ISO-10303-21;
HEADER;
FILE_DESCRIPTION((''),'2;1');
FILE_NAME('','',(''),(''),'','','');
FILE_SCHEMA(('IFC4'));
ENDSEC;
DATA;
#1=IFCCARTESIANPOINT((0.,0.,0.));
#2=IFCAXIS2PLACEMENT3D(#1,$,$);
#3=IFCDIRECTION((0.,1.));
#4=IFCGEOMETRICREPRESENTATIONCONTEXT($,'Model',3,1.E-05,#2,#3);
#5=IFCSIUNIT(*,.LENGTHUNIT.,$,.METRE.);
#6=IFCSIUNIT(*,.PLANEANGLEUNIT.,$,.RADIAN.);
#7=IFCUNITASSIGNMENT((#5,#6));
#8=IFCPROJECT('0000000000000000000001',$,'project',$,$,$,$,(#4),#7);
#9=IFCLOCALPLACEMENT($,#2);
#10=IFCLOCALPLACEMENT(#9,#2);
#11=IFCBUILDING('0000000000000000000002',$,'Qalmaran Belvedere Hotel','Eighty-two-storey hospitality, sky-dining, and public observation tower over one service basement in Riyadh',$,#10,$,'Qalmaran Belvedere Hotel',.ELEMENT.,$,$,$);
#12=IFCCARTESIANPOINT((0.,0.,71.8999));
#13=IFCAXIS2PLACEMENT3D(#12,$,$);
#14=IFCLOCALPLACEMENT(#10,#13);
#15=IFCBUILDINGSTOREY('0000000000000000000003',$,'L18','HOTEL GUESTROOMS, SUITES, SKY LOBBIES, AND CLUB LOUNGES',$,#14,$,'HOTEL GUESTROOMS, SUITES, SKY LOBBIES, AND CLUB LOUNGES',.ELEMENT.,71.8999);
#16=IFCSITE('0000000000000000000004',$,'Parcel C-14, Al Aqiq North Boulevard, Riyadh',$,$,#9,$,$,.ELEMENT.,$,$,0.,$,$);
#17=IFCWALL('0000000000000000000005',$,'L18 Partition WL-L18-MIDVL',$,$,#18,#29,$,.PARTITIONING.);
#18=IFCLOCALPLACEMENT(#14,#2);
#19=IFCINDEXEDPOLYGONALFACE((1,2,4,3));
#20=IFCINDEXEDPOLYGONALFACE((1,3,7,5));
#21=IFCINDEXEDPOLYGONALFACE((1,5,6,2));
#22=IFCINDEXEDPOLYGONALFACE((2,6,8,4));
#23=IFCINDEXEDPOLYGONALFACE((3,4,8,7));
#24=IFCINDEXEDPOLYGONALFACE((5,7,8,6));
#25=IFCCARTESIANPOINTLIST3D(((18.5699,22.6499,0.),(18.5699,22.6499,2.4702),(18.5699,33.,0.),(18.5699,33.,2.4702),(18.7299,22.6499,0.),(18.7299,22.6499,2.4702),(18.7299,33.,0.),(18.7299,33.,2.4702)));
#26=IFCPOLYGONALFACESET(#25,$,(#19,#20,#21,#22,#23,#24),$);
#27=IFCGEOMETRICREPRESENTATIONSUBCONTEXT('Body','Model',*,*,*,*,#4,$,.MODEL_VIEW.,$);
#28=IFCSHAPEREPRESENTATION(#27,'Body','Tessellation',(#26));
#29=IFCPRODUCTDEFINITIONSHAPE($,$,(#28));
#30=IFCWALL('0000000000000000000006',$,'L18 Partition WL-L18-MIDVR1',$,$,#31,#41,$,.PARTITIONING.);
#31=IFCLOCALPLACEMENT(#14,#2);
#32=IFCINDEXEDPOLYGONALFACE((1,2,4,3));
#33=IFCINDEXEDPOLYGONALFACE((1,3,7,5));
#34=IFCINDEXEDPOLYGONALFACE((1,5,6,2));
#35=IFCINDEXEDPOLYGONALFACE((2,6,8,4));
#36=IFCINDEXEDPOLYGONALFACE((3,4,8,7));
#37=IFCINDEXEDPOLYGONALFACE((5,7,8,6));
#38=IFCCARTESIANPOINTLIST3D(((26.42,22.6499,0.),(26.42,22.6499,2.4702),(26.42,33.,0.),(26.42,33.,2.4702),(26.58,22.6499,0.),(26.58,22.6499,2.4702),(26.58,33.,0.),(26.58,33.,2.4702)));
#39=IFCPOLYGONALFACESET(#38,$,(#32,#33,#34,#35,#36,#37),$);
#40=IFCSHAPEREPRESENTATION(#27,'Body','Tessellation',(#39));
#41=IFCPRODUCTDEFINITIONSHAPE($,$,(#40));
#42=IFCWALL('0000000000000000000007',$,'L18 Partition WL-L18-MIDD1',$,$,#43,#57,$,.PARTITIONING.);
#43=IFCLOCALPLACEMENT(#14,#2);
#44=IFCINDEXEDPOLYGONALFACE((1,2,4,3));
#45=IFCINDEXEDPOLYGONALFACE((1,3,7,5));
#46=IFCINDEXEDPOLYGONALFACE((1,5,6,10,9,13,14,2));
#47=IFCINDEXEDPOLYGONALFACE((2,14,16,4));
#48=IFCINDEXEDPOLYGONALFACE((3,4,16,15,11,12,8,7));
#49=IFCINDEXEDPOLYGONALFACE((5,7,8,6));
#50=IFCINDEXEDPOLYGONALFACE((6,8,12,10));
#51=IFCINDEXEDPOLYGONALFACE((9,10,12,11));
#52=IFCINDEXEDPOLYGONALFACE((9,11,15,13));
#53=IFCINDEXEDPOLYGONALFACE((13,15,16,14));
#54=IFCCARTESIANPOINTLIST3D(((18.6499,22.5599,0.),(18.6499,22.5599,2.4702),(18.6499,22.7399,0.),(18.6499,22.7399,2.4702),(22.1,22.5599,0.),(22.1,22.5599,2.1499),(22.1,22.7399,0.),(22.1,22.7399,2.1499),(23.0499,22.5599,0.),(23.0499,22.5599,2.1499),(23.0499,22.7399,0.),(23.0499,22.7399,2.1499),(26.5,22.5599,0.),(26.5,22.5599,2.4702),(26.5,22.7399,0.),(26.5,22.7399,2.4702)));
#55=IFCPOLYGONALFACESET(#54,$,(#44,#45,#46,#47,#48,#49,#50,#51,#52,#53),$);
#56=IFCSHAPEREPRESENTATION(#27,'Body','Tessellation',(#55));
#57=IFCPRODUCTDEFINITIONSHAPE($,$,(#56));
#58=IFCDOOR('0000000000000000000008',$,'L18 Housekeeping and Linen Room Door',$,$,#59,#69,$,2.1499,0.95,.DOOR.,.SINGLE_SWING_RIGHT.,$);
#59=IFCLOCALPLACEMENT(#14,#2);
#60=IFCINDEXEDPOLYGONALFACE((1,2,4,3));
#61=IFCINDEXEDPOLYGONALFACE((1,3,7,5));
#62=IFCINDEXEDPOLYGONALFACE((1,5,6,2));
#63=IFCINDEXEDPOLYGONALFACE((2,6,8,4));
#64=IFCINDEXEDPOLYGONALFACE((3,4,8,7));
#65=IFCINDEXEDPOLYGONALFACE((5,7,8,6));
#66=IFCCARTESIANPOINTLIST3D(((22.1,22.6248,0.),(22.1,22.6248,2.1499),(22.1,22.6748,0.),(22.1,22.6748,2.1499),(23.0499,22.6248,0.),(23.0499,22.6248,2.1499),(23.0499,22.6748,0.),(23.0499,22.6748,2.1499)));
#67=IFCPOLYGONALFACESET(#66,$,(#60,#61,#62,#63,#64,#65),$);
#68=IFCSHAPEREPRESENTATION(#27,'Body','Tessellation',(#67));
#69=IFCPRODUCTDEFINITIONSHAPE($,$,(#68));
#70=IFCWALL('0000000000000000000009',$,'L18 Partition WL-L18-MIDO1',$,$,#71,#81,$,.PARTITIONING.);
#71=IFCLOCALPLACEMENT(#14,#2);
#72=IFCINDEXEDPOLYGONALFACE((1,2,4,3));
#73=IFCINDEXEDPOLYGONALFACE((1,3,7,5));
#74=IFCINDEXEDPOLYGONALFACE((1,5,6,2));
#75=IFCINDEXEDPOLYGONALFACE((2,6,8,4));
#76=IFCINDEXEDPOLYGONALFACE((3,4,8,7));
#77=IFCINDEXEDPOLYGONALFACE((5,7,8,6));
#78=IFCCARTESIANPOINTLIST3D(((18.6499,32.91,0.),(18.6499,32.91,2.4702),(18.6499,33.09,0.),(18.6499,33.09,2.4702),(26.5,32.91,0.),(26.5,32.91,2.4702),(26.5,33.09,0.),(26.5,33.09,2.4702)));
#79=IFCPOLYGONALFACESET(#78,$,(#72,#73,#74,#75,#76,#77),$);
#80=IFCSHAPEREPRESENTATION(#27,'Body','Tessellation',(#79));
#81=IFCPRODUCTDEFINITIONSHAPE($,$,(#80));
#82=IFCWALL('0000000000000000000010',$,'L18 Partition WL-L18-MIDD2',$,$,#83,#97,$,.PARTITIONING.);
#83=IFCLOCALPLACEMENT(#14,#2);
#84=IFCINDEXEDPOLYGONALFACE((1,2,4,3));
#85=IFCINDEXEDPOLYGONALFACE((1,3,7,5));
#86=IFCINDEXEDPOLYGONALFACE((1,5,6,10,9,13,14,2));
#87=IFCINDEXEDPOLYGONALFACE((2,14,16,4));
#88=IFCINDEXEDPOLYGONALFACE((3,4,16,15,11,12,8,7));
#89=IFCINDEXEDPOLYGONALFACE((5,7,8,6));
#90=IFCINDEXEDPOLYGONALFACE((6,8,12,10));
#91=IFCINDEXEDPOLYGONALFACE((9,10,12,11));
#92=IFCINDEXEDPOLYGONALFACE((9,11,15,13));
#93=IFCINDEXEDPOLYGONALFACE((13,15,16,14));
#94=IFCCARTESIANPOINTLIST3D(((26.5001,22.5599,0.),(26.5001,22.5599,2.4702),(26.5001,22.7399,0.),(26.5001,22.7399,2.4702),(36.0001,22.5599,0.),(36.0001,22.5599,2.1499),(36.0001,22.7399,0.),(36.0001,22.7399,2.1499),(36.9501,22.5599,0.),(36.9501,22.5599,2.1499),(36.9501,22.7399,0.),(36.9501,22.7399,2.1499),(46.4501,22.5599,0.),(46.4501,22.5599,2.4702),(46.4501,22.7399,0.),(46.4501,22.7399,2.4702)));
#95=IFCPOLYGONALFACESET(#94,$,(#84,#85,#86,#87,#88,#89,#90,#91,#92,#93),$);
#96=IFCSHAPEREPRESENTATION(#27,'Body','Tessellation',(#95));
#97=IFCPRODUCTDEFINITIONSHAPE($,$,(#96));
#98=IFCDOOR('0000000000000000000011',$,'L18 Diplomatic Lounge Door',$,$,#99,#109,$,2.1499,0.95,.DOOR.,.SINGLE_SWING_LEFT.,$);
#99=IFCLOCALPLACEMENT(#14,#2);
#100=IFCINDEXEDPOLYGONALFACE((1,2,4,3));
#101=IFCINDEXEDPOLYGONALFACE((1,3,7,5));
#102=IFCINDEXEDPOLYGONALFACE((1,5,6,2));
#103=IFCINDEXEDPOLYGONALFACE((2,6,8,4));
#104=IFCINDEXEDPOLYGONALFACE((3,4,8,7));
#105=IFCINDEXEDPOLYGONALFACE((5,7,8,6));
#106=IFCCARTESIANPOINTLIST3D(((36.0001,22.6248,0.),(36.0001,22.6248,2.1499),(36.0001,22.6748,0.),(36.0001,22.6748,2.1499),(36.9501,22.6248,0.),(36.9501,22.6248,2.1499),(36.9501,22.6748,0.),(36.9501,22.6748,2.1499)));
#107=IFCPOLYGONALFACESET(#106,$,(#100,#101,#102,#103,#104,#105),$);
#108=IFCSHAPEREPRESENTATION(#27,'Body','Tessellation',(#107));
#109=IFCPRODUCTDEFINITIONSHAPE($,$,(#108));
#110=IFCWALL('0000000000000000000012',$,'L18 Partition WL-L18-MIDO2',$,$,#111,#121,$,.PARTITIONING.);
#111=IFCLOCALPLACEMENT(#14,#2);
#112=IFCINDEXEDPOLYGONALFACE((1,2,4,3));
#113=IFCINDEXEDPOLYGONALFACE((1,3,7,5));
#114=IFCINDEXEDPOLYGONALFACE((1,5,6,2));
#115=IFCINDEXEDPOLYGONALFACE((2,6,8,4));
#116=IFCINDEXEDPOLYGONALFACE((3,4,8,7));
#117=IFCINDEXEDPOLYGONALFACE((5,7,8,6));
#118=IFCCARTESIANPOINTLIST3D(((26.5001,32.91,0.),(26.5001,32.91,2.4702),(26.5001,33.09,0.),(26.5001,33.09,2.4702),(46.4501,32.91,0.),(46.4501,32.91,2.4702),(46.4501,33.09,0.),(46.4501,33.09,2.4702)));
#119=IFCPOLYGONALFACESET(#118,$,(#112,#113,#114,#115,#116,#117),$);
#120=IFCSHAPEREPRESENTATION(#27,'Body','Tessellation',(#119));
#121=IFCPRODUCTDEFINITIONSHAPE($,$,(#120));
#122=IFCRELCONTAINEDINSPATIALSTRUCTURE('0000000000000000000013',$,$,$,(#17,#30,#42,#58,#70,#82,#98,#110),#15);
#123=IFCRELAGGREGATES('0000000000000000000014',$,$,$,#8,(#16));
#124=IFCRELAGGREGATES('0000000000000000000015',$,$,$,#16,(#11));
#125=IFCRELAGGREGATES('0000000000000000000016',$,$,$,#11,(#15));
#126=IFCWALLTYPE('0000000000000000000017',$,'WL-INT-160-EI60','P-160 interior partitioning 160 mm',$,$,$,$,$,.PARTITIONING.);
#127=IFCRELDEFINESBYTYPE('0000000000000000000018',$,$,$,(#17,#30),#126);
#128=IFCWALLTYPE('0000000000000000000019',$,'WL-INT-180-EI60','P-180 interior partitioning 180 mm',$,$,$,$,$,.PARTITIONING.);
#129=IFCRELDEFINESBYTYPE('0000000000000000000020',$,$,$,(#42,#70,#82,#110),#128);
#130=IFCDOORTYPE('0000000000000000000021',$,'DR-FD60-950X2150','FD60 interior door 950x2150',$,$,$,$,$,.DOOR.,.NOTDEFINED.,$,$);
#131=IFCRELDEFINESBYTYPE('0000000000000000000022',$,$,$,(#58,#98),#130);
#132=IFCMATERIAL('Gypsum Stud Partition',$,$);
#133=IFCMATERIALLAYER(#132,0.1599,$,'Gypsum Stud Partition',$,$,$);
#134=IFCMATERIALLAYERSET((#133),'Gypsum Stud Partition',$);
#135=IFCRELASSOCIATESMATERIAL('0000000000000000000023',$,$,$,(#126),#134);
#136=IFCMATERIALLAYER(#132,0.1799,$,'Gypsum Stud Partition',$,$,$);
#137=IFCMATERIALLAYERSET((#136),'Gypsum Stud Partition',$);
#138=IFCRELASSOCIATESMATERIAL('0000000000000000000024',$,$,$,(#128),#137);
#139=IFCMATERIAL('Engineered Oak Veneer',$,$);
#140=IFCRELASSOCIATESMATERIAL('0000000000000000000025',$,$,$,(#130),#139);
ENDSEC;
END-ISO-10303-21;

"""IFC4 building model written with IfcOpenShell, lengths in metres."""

from ifc_helpers import new_model, si_unit, direction, frame, frame_2d, origin, place, context, subcontext, project, spatial, rectangle, extrude, material, layer, layer_set, type_object, element, fill, save


model = new_model("IFC4")

# Units and contexts
model_context = context("Model", 3, precision=1e-05, world=origin(), true_north=direction((0.0, 1.0)))
body_context = subcontext(model_context, "Body", "Model", "MODEL_VIEW")
ifc_project = project(units=[si_unit("LENGTHUNIT", "METRE"), si_unit("PLANEANGLEUNIT", "RADIAN")], contexts=[model_context])

# Site, building, storey
site_placement = place(None, origin())
site = spatial("IfcSite", under=ifc_project, at=site_placement, Name="Parcel C-14, Al Aqiq North Boulevard, Riyadh", CompositionType="ELEMENT", RefElevation=0.0)
building_placement = place(site_placement, origin())
building = spatial("IfcBuilding", under=site, at=building_placement, Name="Qalmaran Belvedere Hotel", Description="Eighty-two-storey hospitality, sky-dining, and public observation tower over one service basement in Riyadh", LongName="Qalmaran Belvedere Hotel", CompositionType="ELEMENT")
storey_placement = place(building_placement, frame((0.0, 0.0, 71.8999)))
storey = spatial("IfcBuildingStorey", under=building, at=storey_placement, Name="L18", Description="HOTEL GUESTROOMS, SUITES, SKY LOBBIES, AND CLUB LOUNGES", LongName="HOTEL GUESTROOMS, SUITES, SKY LOBBIES, AND CLUB LOUNGES", CompositionType="ELEMENT", Elevation=71.8999)

# Shared definitions
ifc_material_1 = material(Name="Gypsum Stud Partition")

# Walls
ifc_layer_1 = layer(ifc_material_1, 0.1599, Name="Gypsum Stud Partition")
ifc_layer_set_1 = layer_set([ifc_layer_1], Name="Gypsum Stud Partition")
wall_type_1 = type_object("IfcWallType", Name="WL-INT-160-EI60", Description="P-160 interior partitioning 160 mm", PredefinedType="PARTITIONING", material=ifc_layer_set_1)
for number, where, z_axis, x_axis, name in (
    (1, (18.6499, 22.6499, 0.0), (0.0, 0.0, 1.0), (0.0, 1.0, 0.0), "L18 Partition WL-L18-MIDVL"),
    (2, (26.5, 22.6499, 0.0), (0.0, 0.0, 1.0), (0.0, 1.0, 0.0), "L18 Partition WL-L18-MIDVR1"),
):
    element("IfcWall", number, at=place(storey_placement, frame(where, z_axis=z_axis, x_axis=x_axis)), inside=storey, type_object=wall_type_1, Name=name, PredefinedType="PARTITIONING", context=body_context, shape_type="SweptSolid", body=[
        extrude(rectangle(XDim=10.3501, YDim=0.1599, at=frame_2d((5.175, 0.0))), origin(), (0.0, 0.0, 1.0), 2.4702),
    ])

# Wall, opening, door
ifc_layer_2 = layer(ifc_material_1, 0.1799, Name="Gypsum Stud Partition")
ifc_layer_set_2 = layer_set([ifc_layer_2], Name="Gypsum Stud Partition")
wall_type_2 = type_object("IfcWallType", Name="WL-INT-180-EI60", Description="P-180 interior partitioning 180 mm", PredefinedType="PARTITIONING", material=ifc_layer_set_2)
wall_1_placement = place(storey_placement, frame((18.6499, 22.6499, 0.0), z_axis=(0.0, 0.0, 1.0), x_axis=(1.0, 0.0, 0.0)))
wall_1 = element("IfcWall", 3, at=wall_1_placement, inside=storey, type_object=wall_type_2, Name="L18 Partition WL-L18-MIDD1", PredefinedType="PARTITIONING", context=body_context, shape_type="SweptSolid", body=[
    extrude(rectangle(XDim=7.8501, YDim=0.1799, at=frame_2d((3.925, 0.0))), origin(), (0.0, 0.0, 1.0), 2.4702),
])
opening_1_placement = place(wall_1_placement, frame((3.45, 0.0, 0.0)))
opening_1 = element("IfcOpeningElement", 4, at=opening_1_placement, cuts=wall_1, PredefinedType="OPENING", context=body_context, shape_type="SweptSolid", body=[
    extrude(rectangle(XDim=0.95, YDim=2.1499, at=frame_2d((0.4751, 1.075))), frame((0.0, 0.1001, 0.0), z_axis=(0.0, -1.0, 0.0), x_axis=(1.0, 0.0, 0.0)), (0.0, 0.0, 1.0), 0.2),
])
ifc_material_2 = material(Name="Engineered Oak Veneer")
door_type_1 = type_object("IfcDoorType", Name="DR-FD60-950X2150", Description="FD60 interior door 950x2150", OperationType="NOTDEFINED", PredefinedType="DOOR", material=ifc_material_2)
door_1_placement = place(opening_1_placement, origin())
door_1 = element("IfcDoor", 5, at=door_1_placement, inside=storey, type_object=door_type_1, Name="L18 Housekeeping and Linen Room Door", OperationType="SINGLE_SWING_RIGHT", OverallHeight=2.1499, OverallWidth=0.95, PredefinedType="DOOR", context=body_context, shape_type="SweptSolid", body=[
    extrude(rectangle(XDim=0.95, YDim=2.1499, at=frame_2d((0.4751, 1.075))), frame((0.0, 0.0249, 0.0), z_axis=(0.0, -1.0, 0.0), x_axis=(1.0, 0.0, 0.0)), (0.0, 0.0, 1.0), 0.05),
])
fill(opening_1, door_1)

# Wall
wall_2_placement = place(storey_placement, frame((18.6499, 33.0, 0.0), z_axis=(0.0, 0.0, 1.0), x_axis=(1.0, 0.0, 0.0)))
element("IfcWall", 6, at=wall_2_placement, inside=storey, type_object=wall_type_2, Name="L18 Partition WL-L18-MIDO1", PredefinedType="PARTITIONING", context=body_context, shape_type="SweptSolid", body=[
    extrude(rectangle(XDim=7.8501, YDim=0.1799, at=frame_2d((3.925, 0.0))), origin(), (0.0, 0.0, 1.0), 2.4702),
])

# Wall, opening, door
wall_3_placement = place(storey_placement, frame((26.5, 22.6499, 0.0), z_axis=(0.0, 0.0, 1.0), x_axis=(1.0, 0.0, 0.0)))
wall_3 = element("IfcWall", 7, at=wall_3_placement, inside=storey, type_object=wall_type_2, Name="L18 Partition WL-L18-MIDD2", PredefinedType="PARTITIONING", context=body_context, shape_type="SweptSolid", body=[
    extrude(rectangle(XDim=19.95, YDim=0.1799, at=frame_2d((9.9751, 0.0))), origin(), (0.0, 0.0, 1.0), 2.4702),
])
opening_2_placement = place(wall_3_placement, frame((9.5, 0.0, 0.0)))
opening_2 = element("IfcOpeningElement", 8, at=opening_2_placement, cuts=wall_3, PredefinedType="OPENING", context=body_context, shape_type="SweptSolid", body=[
    extrude(rectangle(XDim=0.95, YDim=2.1499, at=frame_2d((0.4751, 1.075))), frame((0.0, 0.1001, 0.0), z_axis=(0.0, -1.0, 0.0), x_axis=(1.0, 0.0, 0.0)), (0.0, 0.0, 1.0), 0.2),
])
door_2_placement = place(opening_2_placement, origin())
door_2 = element("IfcDoor", 9, at=door_2_placement, inside=storey, type_object=door_type_1, Name="L18 Diplomatic Lounge Door", OperationType="SINGLE_SWING_LEFT", OverallHeight=2.1499, OverallWidth=0.95, PredefinedType="DOOR", context=body_context, shape_type="SweptSolid", body=[
    extrude(rectangle(XDim=0.95, YDim=2.1499, at=frame_2d((0.4751, 1.075))), frame((0.0, 0.0249, 0.0), z_axis=(0.0, -1.0, 0.0), x_axis=(1.0, 0.0, 0.0)), (0.0, 0.0, 1.0), 0.05),
])
fill(opening_2, door_2)

# Wall
wall_4_placement = place(storey_placement, frame((26.5, 33.0, 0.0), z_axis=(0.0, 0.0, 1.0), x_axis=(1.0, 0.0, 0.0)))
element("IfcWall", 10, at=wall_4_placement, inside=storey, type_object=wall_type_2, Name="L18 Partition WL-L18-MIDO2", PredefinedType="PARTITIONING", context=body_context, shape_type="SweptSolid", body=[
    extrude(rectangle(XDim=19.95, YDim=0.1799, at=frame_2d((9.9751, 0.0))), origin(), (0.0, 0.0, 1.0), 2.4702),
])

save(model, "model.ifc")
